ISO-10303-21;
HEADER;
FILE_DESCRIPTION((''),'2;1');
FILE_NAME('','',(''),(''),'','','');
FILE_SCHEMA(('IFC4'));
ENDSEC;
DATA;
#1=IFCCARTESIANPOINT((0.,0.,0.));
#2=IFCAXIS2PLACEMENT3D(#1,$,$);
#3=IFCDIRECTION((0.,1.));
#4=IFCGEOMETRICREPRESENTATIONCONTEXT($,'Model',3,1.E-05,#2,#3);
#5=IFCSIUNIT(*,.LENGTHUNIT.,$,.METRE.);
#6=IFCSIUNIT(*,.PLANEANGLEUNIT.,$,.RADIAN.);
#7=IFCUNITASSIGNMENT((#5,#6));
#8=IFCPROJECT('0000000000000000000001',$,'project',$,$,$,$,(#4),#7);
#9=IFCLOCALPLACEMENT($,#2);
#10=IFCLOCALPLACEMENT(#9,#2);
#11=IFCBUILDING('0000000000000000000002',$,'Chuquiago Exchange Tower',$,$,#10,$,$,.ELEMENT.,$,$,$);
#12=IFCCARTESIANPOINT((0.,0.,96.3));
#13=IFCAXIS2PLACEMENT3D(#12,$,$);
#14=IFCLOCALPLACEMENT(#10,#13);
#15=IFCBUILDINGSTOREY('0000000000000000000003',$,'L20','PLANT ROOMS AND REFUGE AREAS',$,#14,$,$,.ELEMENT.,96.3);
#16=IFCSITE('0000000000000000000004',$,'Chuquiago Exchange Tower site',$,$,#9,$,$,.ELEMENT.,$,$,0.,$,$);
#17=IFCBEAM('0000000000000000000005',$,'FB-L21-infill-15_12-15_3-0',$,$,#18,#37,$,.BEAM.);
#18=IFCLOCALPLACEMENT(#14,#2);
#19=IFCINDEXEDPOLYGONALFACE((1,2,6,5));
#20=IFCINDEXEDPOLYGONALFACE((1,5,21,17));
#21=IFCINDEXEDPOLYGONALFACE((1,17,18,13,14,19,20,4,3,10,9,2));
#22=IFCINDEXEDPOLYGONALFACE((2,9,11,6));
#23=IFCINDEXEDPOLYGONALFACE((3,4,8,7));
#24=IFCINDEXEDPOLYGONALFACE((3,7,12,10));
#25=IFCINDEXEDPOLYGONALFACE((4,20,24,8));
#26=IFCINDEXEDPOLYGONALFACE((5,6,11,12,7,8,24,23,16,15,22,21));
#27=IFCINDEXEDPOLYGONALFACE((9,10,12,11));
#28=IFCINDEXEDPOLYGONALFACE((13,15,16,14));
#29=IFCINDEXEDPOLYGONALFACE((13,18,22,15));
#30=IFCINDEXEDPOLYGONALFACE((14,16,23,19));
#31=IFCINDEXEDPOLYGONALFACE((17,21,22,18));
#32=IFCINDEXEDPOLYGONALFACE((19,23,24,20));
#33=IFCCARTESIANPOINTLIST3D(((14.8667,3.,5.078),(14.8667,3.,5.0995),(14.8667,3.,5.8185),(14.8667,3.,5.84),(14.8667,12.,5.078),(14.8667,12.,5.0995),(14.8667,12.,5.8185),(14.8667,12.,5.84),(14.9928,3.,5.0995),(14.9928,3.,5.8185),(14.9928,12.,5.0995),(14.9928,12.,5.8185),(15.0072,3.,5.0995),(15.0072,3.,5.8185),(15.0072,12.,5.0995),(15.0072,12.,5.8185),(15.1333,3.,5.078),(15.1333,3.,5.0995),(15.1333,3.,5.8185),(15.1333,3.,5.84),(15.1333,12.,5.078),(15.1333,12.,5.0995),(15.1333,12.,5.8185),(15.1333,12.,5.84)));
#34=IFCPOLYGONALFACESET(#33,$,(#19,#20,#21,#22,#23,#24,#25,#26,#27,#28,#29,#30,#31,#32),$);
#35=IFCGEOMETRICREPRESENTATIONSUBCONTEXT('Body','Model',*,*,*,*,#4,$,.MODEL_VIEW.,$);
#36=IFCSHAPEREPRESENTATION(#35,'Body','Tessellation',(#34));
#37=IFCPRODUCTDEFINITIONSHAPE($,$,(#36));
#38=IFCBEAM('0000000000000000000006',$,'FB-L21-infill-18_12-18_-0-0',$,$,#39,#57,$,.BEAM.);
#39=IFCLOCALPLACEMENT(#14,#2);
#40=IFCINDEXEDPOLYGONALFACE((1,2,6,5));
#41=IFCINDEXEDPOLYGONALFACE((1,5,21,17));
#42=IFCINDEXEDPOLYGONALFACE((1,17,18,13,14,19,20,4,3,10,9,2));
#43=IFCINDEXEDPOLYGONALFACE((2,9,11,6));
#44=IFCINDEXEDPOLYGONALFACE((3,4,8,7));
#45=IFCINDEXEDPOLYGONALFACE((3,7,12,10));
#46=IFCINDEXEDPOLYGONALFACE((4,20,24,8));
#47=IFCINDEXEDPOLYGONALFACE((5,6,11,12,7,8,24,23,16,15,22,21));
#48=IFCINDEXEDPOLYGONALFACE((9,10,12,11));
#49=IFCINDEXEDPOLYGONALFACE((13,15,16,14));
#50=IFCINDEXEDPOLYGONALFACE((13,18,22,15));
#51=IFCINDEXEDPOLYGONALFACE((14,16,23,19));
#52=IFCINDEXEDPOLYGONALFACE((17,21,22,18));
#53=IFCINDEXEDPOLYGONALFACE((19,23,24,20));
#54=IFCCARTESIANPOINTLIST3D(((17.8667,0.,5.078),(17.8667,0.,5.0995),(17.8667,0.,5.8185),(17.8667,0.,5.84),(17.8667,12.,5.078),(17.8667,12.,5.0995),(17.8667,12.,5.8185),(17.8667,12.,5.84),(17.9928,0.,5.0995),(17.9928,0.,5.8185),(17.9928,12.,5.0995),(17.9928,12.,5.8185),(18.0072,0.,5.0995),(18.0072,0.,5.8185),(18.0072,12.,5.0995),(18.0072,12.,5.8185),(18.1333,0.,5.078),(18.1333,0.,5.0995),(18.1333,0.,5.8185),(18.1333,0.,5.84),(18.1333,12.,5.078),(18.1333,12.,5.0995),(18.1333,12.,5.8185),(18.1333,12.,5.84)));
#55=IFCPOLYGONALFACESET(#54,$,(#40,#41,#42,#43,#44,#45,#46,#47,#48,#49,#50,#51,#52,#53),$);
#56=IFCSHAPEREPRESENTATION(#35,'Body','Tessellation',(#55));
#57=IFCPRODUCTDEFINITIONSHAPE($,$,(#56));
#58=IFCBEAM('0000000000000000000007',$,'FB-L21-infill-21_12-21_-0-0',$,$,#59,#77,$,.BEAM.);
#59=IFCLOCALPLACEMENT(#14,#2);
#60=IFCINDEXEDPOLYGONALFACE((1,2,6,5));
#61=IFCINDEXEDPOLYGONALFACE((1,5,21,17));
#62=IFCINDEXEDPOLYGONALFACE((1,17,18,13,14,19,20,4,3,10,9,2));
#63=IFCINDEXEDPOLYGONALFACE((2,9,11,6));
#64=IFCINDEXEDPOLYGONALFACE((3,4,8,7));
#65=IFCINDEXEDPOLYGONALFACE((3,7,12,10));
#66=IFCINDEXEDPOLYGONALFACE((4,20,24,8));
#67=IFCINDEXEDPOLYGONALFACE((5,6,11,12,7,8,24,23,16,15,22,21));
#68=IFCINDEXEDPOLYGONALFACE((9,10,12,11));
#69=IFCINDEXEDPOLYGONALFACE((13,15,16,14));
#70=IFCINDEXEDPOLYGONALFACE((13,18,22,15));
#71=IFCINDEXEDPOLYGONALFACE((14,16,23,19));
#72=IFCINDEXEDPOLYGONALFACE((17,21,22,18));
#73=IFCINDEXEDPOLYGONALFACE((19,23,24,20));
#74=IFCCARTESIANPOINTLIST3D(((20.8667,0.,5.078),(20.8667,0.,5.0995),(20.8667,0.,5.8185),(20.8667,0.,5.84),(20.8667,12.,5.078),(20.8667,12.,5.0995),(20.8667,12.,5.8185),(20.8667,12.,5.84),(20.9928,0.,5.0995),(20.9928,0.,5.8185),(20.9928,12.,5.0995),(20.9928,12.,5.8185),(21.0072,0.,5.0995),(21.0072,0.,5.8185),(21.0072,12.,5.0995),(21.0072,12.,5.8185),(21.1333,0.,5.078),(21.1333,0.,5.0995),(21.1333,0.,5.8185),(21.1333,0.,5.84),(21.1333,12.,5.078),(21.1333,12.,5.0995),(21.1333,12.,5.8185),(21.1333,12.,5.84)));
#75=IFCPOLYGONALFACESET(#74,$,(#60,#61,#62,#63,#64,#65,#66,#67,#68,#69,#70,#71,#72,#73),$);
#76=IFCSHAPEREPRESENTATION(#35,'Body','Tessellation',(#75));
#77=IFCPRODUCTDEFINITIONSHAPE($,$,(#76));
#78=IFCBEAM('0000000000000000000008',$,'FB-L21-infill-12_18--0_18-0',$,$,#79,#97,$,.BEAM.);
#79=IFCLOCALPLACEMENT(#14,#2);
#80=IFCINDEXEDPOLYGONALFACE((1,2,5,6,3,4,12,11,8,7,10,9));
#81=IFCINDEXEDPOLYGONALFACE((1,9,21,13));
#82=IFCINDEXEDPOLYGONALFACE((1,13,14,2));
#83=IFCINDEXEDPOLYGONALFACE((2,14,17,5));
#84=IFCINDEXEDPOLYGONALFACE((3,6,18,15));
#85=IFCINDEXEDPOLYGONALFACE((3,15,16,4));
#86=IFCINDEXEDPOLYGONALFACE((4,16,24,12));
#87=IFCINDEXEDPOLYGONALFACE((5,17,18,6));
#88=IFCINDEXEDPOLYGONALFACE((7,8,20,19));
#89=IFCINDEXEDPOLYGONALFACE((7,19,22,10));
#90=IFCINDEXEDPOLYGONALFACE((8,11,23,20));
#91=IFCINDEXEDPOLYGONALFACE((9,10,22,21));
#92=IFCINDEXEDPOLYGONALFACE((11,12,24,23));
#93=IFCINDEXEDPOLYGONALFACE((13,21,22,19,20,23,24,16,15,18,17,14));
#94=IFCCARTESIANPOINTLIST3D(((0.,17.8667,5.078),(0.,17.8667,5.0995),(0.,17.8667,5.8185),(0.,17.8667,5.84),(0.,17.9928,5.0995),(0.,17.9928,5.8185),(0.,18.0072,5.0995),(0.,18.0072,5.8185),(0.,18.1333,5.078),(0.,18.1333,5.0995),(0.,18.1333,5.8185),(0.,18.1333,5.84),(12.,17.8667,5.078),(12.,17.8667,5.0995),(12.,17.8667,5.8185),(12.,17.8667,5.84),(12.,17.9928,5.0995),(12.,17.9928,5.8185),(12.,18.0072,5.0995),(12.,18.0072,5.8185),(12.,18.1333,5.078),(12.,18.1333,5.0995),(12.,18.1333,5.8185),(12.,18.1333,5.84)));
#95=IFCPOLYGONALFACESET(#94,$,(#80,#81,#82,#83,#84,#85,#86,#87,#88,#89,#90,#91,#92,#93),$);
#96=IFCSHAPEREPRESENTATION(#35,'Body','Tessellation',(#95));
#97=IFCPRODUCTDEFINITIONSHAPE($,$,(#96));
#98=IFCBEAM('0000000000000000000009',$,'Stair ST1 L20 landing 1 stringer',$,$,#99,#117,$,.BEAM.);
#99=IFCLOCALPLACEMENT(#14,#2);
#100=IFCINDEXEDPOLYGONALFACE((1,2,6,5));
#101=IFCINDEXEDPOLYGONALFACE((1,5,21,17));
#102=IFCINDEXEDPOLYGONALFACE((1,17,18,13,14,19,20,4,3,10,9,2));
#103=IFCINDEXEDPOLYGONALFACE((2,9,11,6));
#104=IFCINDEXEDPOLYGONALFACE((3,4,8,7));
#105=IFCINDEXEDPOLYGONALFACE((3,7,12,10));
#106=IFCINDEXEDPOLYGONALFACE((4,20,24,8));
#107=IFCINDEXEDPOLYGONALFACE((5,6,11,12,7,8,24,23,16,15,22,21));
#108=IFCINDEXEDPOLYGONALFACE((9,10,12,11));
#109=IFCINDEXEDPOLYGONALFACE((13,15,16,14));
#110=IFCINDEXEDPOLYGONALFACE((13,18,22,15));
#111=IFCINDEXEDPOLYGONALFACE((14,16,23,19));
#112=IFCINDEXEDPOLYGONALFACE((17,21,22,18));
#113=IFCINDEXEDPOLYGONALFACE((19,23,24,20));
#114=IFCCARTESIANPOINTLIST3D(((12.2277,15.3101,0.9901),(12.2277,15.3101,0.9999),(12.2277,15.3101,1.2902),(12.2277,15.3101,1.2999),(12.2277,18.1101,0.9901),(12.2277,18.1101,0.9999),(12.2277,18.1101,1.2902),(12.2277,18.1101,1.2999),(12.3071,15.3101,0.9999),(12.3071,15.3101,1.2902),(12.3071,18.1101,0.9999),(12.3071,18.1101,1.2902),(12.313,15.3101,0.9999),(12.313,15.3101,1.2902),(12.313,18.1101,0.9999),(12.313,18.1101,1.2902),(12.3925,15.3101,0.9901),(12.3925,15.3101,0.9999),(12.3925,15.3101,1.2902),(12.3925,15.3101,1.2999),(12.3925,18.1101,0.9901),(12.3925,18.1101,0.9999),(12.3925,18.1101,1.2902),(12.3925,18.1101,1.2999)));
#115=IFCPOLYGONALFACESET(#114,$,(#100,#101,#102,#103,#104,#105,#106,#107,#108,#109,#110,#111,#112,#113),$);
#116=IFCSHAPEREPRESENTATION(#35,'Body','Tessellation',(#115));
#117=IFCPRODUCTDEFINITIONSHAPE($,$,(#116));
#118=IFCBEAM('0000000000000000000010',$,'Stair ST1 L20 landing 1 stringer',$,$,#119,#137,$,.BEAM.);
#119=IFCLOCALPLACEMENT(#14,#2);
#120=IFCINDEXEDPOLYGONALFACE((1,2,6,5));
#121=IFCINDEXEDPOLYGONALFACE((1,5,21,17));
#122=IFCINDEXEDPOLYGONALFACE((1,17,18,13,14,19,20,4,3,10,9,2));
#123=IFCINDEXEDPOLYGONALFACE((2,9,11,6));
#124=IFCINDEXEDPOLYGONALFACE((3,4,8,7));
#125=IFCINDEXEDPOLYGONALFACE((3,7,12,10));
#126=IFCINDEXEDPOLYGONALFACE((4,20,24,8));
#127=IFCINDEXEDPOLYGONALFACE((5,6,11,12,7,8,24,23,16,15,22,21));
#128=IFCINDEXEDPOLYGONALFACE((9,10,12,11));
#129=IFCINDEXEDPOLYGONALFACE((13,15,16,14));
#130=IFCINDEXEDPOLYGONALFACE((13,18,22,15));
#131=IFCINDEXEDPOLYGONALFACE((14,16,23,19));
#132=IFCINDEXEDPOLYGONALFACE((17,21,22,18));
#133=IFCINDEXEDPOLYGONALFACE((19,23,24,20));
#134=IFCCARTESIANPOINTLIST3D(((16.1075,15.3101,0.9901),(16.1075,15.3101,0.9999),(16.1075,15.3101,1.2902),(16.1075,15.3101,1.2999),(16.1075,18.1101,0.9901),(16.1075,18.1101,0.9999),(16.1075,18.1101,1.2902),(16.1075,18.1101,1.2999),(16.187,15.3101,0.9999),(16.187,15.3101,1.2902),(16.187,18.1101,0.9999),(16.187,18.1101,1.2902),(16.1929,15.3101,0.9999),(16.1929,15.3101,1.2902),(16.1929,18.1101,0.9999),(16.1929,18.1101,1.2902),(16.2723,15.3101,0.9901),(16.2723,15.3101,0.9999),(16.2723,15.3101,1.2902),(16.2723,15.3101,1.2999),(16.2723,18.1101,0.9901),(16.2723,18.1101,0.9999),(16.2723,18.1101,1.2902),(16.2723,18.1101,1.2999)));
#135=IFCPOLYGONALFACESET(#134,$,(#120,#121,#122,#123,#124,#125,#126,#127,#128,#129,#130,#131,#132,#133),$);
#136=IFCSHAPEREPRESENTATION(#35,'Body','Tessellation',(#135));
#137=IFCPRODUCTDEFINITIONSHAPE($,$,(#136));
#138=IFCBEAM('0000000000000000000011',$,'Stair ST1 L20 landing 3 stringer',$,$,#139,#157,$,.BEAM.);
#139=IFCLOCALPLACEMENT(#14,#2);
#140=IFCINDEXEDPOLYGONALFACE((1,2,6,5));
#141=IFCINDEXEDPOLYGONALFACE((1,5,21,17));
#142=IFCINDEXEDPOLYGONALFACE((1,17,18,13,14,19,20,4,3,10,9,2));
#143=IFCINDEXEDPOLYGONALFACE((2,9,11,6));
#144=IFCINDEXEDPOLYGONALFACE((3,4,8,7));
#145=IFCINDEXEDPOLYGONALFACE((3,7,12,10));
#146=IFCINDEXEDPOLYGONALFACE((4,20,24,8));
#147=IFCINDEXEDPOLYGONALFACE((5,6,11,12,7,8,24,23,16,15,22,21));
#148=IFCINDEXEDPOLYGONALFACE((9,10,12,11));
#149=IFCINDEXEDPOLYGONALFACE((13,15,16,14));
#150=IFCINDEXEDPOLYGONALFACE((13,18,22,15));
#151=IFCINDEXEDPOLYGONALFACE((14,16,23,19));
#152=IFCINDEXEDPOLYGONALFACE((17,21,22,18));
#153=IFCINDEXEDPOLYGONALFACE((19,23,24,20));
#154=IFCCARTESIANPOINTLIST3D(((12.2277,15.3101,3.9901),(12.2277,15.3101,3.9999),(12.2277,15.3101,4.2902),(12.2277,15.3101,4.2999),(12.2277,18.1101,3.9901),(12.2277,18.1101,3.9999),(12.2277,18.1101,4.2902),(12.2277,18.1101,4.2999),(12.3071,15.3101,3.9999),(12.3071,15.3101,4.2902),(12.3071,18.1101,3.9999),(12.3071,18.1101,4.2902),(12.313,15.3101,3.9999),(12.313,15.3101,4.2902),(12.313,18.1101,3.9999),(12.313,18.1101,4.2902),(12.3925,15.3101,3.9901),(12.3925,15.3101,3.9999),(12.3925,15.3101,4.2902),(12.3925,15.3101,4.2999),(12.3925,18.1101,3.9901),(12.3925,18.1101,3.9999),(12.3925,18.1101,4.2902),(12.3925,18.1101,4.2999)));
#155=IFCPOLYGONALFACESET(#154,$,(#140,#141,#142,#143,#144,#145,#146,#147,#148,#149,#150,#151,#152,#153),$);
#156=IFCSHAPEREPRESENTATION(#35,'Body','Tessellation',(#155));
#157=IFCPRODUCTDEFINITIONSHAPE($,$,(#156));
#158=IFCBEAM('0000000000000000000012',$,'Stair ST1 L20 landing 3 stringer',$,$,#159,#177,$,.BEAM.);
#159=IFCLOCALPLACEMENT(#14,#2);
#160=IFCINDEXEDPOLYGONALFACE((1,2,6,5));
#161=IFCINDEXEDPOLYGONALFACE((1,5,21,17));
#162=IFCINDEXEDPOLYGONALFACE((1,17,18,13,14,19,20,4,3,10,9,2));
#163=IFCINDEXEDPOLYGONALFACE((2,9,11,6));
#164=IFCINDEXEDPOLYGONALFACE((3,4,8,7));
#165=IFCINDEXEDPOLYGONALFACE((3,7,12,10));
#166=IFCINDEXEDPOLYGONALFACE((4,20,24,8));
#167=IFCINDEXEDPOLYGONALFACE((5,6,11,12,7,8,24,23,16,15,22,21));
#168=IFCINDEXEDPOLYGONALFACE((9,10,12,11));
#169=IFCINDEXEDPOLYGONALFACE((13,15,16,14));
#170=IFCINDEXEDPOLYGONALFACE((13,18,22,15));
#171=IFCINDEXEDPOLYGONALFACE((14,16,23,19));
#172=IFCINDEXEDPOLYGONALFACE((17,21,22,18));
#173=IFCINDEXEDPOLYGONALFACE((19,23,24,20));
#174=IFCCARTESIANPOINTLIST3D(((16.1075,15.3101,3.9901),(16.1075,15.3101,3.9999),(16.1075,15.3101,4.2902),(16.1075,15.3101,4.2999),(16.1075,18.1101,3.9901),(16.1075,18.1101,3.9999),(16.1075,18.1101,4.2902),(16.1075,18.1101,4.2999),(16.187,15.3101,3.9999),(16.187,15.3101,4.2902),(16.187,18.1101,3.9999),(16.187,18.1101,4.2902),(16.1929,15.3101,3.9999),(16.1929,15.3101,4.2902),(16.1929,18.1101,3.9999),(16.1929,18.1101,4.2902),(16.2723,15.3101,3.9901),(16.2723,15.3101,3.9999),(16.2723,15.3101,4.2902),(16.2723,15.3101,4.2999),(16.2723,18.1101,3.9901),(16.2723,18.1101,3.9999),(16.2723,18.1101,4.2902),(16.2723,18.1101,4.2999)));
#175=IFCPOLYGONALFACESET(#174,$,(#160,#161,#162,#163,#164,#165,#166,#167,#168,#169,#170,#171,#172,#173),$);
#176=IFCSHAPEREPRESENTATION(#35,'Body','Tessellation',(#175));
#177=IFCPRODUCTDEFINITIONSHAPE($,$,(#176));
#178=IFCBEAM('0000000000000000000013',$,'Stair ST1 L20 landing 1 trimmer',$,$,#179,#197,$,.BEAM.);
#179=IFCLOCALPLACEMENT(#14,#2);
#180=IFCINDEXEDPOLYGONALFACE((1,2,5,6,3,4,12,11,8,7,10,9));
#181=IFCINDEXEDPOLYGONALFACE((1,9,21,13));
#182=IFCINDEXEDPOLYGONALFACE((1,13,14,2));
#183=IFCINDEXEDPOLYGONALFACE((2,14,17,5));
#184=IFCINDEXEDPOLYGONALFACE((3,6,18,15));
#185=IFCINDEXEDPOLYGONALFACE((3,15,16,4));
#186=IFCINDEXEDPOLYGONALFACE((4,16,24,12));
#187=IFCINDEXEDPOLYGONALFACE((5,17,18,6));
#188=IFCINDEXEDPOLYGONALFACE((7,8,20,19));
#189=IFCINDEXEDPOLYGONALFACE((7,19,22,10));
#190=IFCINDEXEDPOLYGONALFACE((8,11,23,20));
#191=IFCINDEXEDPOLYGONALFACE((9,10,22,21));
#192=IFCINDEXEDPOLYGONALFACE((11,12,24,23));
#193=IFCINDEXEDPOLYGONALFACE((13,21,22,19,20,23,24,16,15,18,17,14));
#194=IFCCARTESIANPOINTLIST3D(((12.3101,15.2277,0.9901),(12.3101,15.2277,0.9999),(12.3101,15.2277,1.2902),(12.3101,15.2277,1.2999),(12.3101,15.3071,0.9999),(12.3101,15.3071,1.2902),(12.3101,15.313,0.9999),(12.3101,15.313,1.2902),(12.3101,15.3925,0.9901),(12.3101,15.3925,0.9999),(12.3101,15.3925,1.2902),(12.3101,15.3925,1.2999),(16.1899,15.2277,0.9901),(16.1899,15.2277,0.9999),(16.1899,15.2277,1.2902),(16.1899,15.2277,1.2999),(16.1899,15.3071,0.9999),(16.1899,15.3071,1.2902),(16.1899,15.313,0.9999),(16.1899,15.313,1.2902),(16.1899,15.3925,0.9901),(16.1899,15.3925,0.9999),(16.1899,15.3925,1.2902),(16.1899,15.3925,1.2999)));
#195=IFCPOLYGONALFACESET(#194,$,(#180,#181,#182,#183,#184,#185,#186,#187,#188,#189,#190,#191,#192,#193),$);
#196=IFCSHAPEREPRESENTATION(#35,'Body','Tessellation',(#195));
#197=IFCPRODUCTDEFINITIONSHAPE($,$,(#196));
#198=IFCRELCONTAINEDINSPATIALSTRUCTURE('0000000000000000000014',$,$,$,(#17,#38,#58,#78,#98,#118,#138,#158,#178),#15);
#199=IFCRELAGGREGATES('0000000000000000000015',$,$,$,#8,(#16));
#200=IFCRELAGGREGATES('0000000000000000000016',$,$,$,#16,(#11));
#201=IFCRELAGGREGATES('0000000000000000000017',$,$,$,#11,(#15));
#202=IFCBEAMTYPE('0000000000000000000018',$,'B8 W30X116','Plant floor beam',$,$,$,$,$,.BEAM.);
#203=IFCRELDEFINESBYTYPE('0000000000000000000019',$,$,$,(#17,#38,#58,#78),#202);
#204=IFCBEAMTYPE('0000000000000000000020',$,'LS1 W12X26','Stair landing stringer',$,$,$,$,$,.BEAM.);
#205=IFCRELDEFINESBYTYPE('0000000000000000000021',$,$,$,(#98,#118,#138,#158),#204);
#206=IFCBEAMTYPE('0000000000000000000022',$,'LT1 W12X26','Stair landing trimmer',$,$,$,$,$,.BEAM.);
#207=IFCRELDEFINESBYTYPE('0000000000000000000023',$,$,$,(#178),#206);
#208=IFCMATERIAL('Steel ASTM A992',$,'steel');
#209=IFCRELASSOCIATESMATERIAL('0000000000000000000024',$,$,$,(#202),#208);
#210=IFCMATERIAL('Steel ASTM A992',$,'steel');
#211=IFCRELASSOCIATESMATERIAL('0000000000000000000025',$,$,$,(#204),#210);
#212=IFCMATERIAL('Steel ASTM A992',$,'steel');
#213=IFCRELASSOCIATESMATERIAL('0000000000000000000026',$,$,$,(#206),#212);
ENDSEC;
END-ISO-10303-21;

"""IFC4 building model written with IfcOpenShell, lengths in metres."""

from ifc_helpers import new_model, si_unit, direction, frame, origin, origin_2d, place, context, subcontext, project, spatial, i_section, extrude, material, material_profile, profile_set, type_object, element, save


model = new_model("IFC4")

# Units and contexts
model_context = context("Model", 3, precision=1e-05, world=origin(), true_north=direction((0.0, 1.0)))
body_context = subcontext(model_context, "Body", "Model", "MODEL_VIEW")
ifc_project = project(units=[si_unit("LENGTHUNIT", "METRE"), si_unit("PLANEANGLEUNIT", "RADIAN")], contexts=[model_context])

# Site, building, storey
site_placement = place(None, origin())
site = spatial("IfcSite", under=ifc_project, at=site_placement, Name="Chuquiago Exchange Tower site", CompositionType="ELEMENT", RefElevation=0.0)
building_placement = place(site_placement, origin())
building = spatial("IfcBuilding", under=site, at=building_placement, Name="Chuquiago Exchange Tower", CompositionType="ELEMENT")
storey_placement = place(building_placement, frame((0.0, 0.0, 96.3)))
storey = spatial("IfcBuildingStorey", under=building, at=storey_placement, Name="L20", Description="PLANT ROOMS AND REFUGE AREAS", CompositionType="ELEMENT", Elevation=96.3)

# Beams
ifc_material_1 = material(Name="Steel ASTM A992", Category="steel")
ifc_material_profile_1 = material_profile(ifc_material_1, i_section(OverallWidth=0.2666, OverallDepth=0.762, WebThickness=0.0144, FlangeThickness=0.0215, at=origin_2d()), Name="W30X116")
ifc_profile_set_1 = profile_set([ifc_material_profile_1], Name="Steel ASTM A992")
beam_type_1 = type_object("IfcBeamType", Name="B8 W30X116", Description="Plant floor beam", PredefinedType="BEAM", material=ifc_profile_set_1)
beam_1_placement = place(storey_placement, frame((15.0, 12.0, 5.459), z_axis=(0.0, -1.0, 0.0), x_axis=(1.0, 0.0, 0.0)))
element("IfcBeam", 1, at=beam_1_placement, inside=storey, type_object=beam_type_1, Name="FB-L21-infill-15_12-15_3-0", PredefinedType="BEAM", context=body_context, shape_type="SweptSolid", body=[
    extrude(i_section(OverallWidth=0.2666, OverallDepth=0.762, WebThickness=0.0144, FlangeThickness=0.0215, at=origin_2d()), origin(), (0.0, 0.0, 1.0), 9.0),
])
for number, where, z_axis, x_axis, name in (
    (2, (18.0, 12.0, 5.459), (0.0, -1.0, 0.0), (1.0, 0.0, 0.0), "FB-L21-infill-18_12-18_-0-0"),
    (3, (21.0, 12.0, 5.459), (0.0, -1.0, 0.0), (1.0, 0.0, 0.0), "FB-L21-infill-21_12-21_-0-0"),
    (4, (12.0, 18.0, 5.459), (-1.0, 0.0, 0.0), (0.0, -1.0, 0.0), "FB-L21-infill-12_18--0_18-0"),
):
    element("IfcBeam", number, at=place(storey_placement, frame(where, z_axis=z_axis, x_axis=x_axis)), inside=storey, type_object=beam_type_1, Name=name, PredefinedType="BEAM", context=body_context, shape_type="SweptSolid", body=[
        extrude(i_section(OverallWidth=0.2666, OverallDepth=0.762, WebThickness=0.0144, FlangeThickness=0.0215, at=origin_2d()), origin(), (0.0, 0.0, 1.0), 12.0),
    ])
ifc_material_2 = material(Name="Steel ASTM A992", Category="steel")
ifc_material_profile_2 = material_profile(ifc_material_2, i_section(OverallWidth=0.1648, OverallDepth=0.3098, WebThickness=0.0059, FlangeThickness=0.0098, at=origin_2d()), Name="W12X26")
ifc_profile_set_2 = profile_set([ifc_material_profile_2], Name="Steel ASTM A992")
beam_type_2 = type_object("IfcBeamType", Name="LS1 W12X26", Description="Stair landing stringer", PredefinedType="BEAM", material=ifc_profile_set_2)
for number, where, z_axis, x_axis, name in (
    (5, (12.3101, 15.3101, 1.145), (0.0, 1.0, 0.0), (-1.0, 0.0, 0.0), "Stair ST1 L20 landing 1 stringer"),
    (6, (16.1899, 15.3101, 1.145), (0.0, 1.0, 0.0), (-1.0, 0.0, 0.0), "Stair ST1 L20 landing 1 stringer"),
    (7, (12.3101, 15.3101, 4.145), (0.0, 1.0, 0.0), (-1.0, 0.0, 0.0), "Stair ST1 L20 landing 3 stringer"),
    (8, (16.1899, 15.3101, 4.145), (0.0, 1.0, 0.0), (-1.0, 0.0, 0.0), "Stair ST1 L20 landing 3 stringer"),
):
    element("IfcBeam", number, at=place(storey_placement, frame(where, z_axis=z_axis, x_axis=x_axis)), inside=storey, type_object=beam_type_2, Name=name, PredefinedType="BEAM", context=body_context, shape_type="SweptSolid", body=[
        extrude(i_section(OverallWidth=0.1648, OverallDepth=0.3098, WebThickness=0.0059, FlangeThickness=0.0098, at=origin_2d()), origin(), (0.0, 0.0, 1.0), 2.8),
    ])
ifc_material_3 = material(Name="Steel ASTM A992", Category="steel")
ifc_material_profile_3 = material_profile(ifc_material_3, i_section(OverallWidth=0.1648, OverallDepth=0.3098, WebThickness=0.0059, FlangeThickness=0.0098, at=origin_2d()), Name="W12X26")
ifc_profile_set_3 = profile_set([ifc_material_profile_3], Name="Steel ASTM A992")
beam_type_3 = type_object("IfcBeamType", Name="LT1 W12X26", Description="Stair landing trimmer", PredefinedType="BEAM", material=ifc_profile_set_3)
for number, where, z_axis, x_axis, name in (
    (9, (12.3101, 15.3101, 1.145), (1.0, 0.0, 0.0), (0.0, 1.0, 0.0), "Stair ST1 L20 landing 1 trimmer"),
):
    element("IfcBeam", number, at=place(storey_placement, frame(where, z_axis=z_axis, x_axis=x_axis)), inside=storey, type_object=beam_type_3, Name=name, PredefinedType="BEAM", context=body_context, shape_type="SweptSolid", body=[
        extrude(i_section(OverallWidth=0.1648, OverallDepth=0.3098, WebThickness=0.0059, FlangeThickness=0.0098, at=origin_2d()), origin(), (0.0, 0.0, 1.0), 3.8799),
    ])

save(model, "model.ifc")
